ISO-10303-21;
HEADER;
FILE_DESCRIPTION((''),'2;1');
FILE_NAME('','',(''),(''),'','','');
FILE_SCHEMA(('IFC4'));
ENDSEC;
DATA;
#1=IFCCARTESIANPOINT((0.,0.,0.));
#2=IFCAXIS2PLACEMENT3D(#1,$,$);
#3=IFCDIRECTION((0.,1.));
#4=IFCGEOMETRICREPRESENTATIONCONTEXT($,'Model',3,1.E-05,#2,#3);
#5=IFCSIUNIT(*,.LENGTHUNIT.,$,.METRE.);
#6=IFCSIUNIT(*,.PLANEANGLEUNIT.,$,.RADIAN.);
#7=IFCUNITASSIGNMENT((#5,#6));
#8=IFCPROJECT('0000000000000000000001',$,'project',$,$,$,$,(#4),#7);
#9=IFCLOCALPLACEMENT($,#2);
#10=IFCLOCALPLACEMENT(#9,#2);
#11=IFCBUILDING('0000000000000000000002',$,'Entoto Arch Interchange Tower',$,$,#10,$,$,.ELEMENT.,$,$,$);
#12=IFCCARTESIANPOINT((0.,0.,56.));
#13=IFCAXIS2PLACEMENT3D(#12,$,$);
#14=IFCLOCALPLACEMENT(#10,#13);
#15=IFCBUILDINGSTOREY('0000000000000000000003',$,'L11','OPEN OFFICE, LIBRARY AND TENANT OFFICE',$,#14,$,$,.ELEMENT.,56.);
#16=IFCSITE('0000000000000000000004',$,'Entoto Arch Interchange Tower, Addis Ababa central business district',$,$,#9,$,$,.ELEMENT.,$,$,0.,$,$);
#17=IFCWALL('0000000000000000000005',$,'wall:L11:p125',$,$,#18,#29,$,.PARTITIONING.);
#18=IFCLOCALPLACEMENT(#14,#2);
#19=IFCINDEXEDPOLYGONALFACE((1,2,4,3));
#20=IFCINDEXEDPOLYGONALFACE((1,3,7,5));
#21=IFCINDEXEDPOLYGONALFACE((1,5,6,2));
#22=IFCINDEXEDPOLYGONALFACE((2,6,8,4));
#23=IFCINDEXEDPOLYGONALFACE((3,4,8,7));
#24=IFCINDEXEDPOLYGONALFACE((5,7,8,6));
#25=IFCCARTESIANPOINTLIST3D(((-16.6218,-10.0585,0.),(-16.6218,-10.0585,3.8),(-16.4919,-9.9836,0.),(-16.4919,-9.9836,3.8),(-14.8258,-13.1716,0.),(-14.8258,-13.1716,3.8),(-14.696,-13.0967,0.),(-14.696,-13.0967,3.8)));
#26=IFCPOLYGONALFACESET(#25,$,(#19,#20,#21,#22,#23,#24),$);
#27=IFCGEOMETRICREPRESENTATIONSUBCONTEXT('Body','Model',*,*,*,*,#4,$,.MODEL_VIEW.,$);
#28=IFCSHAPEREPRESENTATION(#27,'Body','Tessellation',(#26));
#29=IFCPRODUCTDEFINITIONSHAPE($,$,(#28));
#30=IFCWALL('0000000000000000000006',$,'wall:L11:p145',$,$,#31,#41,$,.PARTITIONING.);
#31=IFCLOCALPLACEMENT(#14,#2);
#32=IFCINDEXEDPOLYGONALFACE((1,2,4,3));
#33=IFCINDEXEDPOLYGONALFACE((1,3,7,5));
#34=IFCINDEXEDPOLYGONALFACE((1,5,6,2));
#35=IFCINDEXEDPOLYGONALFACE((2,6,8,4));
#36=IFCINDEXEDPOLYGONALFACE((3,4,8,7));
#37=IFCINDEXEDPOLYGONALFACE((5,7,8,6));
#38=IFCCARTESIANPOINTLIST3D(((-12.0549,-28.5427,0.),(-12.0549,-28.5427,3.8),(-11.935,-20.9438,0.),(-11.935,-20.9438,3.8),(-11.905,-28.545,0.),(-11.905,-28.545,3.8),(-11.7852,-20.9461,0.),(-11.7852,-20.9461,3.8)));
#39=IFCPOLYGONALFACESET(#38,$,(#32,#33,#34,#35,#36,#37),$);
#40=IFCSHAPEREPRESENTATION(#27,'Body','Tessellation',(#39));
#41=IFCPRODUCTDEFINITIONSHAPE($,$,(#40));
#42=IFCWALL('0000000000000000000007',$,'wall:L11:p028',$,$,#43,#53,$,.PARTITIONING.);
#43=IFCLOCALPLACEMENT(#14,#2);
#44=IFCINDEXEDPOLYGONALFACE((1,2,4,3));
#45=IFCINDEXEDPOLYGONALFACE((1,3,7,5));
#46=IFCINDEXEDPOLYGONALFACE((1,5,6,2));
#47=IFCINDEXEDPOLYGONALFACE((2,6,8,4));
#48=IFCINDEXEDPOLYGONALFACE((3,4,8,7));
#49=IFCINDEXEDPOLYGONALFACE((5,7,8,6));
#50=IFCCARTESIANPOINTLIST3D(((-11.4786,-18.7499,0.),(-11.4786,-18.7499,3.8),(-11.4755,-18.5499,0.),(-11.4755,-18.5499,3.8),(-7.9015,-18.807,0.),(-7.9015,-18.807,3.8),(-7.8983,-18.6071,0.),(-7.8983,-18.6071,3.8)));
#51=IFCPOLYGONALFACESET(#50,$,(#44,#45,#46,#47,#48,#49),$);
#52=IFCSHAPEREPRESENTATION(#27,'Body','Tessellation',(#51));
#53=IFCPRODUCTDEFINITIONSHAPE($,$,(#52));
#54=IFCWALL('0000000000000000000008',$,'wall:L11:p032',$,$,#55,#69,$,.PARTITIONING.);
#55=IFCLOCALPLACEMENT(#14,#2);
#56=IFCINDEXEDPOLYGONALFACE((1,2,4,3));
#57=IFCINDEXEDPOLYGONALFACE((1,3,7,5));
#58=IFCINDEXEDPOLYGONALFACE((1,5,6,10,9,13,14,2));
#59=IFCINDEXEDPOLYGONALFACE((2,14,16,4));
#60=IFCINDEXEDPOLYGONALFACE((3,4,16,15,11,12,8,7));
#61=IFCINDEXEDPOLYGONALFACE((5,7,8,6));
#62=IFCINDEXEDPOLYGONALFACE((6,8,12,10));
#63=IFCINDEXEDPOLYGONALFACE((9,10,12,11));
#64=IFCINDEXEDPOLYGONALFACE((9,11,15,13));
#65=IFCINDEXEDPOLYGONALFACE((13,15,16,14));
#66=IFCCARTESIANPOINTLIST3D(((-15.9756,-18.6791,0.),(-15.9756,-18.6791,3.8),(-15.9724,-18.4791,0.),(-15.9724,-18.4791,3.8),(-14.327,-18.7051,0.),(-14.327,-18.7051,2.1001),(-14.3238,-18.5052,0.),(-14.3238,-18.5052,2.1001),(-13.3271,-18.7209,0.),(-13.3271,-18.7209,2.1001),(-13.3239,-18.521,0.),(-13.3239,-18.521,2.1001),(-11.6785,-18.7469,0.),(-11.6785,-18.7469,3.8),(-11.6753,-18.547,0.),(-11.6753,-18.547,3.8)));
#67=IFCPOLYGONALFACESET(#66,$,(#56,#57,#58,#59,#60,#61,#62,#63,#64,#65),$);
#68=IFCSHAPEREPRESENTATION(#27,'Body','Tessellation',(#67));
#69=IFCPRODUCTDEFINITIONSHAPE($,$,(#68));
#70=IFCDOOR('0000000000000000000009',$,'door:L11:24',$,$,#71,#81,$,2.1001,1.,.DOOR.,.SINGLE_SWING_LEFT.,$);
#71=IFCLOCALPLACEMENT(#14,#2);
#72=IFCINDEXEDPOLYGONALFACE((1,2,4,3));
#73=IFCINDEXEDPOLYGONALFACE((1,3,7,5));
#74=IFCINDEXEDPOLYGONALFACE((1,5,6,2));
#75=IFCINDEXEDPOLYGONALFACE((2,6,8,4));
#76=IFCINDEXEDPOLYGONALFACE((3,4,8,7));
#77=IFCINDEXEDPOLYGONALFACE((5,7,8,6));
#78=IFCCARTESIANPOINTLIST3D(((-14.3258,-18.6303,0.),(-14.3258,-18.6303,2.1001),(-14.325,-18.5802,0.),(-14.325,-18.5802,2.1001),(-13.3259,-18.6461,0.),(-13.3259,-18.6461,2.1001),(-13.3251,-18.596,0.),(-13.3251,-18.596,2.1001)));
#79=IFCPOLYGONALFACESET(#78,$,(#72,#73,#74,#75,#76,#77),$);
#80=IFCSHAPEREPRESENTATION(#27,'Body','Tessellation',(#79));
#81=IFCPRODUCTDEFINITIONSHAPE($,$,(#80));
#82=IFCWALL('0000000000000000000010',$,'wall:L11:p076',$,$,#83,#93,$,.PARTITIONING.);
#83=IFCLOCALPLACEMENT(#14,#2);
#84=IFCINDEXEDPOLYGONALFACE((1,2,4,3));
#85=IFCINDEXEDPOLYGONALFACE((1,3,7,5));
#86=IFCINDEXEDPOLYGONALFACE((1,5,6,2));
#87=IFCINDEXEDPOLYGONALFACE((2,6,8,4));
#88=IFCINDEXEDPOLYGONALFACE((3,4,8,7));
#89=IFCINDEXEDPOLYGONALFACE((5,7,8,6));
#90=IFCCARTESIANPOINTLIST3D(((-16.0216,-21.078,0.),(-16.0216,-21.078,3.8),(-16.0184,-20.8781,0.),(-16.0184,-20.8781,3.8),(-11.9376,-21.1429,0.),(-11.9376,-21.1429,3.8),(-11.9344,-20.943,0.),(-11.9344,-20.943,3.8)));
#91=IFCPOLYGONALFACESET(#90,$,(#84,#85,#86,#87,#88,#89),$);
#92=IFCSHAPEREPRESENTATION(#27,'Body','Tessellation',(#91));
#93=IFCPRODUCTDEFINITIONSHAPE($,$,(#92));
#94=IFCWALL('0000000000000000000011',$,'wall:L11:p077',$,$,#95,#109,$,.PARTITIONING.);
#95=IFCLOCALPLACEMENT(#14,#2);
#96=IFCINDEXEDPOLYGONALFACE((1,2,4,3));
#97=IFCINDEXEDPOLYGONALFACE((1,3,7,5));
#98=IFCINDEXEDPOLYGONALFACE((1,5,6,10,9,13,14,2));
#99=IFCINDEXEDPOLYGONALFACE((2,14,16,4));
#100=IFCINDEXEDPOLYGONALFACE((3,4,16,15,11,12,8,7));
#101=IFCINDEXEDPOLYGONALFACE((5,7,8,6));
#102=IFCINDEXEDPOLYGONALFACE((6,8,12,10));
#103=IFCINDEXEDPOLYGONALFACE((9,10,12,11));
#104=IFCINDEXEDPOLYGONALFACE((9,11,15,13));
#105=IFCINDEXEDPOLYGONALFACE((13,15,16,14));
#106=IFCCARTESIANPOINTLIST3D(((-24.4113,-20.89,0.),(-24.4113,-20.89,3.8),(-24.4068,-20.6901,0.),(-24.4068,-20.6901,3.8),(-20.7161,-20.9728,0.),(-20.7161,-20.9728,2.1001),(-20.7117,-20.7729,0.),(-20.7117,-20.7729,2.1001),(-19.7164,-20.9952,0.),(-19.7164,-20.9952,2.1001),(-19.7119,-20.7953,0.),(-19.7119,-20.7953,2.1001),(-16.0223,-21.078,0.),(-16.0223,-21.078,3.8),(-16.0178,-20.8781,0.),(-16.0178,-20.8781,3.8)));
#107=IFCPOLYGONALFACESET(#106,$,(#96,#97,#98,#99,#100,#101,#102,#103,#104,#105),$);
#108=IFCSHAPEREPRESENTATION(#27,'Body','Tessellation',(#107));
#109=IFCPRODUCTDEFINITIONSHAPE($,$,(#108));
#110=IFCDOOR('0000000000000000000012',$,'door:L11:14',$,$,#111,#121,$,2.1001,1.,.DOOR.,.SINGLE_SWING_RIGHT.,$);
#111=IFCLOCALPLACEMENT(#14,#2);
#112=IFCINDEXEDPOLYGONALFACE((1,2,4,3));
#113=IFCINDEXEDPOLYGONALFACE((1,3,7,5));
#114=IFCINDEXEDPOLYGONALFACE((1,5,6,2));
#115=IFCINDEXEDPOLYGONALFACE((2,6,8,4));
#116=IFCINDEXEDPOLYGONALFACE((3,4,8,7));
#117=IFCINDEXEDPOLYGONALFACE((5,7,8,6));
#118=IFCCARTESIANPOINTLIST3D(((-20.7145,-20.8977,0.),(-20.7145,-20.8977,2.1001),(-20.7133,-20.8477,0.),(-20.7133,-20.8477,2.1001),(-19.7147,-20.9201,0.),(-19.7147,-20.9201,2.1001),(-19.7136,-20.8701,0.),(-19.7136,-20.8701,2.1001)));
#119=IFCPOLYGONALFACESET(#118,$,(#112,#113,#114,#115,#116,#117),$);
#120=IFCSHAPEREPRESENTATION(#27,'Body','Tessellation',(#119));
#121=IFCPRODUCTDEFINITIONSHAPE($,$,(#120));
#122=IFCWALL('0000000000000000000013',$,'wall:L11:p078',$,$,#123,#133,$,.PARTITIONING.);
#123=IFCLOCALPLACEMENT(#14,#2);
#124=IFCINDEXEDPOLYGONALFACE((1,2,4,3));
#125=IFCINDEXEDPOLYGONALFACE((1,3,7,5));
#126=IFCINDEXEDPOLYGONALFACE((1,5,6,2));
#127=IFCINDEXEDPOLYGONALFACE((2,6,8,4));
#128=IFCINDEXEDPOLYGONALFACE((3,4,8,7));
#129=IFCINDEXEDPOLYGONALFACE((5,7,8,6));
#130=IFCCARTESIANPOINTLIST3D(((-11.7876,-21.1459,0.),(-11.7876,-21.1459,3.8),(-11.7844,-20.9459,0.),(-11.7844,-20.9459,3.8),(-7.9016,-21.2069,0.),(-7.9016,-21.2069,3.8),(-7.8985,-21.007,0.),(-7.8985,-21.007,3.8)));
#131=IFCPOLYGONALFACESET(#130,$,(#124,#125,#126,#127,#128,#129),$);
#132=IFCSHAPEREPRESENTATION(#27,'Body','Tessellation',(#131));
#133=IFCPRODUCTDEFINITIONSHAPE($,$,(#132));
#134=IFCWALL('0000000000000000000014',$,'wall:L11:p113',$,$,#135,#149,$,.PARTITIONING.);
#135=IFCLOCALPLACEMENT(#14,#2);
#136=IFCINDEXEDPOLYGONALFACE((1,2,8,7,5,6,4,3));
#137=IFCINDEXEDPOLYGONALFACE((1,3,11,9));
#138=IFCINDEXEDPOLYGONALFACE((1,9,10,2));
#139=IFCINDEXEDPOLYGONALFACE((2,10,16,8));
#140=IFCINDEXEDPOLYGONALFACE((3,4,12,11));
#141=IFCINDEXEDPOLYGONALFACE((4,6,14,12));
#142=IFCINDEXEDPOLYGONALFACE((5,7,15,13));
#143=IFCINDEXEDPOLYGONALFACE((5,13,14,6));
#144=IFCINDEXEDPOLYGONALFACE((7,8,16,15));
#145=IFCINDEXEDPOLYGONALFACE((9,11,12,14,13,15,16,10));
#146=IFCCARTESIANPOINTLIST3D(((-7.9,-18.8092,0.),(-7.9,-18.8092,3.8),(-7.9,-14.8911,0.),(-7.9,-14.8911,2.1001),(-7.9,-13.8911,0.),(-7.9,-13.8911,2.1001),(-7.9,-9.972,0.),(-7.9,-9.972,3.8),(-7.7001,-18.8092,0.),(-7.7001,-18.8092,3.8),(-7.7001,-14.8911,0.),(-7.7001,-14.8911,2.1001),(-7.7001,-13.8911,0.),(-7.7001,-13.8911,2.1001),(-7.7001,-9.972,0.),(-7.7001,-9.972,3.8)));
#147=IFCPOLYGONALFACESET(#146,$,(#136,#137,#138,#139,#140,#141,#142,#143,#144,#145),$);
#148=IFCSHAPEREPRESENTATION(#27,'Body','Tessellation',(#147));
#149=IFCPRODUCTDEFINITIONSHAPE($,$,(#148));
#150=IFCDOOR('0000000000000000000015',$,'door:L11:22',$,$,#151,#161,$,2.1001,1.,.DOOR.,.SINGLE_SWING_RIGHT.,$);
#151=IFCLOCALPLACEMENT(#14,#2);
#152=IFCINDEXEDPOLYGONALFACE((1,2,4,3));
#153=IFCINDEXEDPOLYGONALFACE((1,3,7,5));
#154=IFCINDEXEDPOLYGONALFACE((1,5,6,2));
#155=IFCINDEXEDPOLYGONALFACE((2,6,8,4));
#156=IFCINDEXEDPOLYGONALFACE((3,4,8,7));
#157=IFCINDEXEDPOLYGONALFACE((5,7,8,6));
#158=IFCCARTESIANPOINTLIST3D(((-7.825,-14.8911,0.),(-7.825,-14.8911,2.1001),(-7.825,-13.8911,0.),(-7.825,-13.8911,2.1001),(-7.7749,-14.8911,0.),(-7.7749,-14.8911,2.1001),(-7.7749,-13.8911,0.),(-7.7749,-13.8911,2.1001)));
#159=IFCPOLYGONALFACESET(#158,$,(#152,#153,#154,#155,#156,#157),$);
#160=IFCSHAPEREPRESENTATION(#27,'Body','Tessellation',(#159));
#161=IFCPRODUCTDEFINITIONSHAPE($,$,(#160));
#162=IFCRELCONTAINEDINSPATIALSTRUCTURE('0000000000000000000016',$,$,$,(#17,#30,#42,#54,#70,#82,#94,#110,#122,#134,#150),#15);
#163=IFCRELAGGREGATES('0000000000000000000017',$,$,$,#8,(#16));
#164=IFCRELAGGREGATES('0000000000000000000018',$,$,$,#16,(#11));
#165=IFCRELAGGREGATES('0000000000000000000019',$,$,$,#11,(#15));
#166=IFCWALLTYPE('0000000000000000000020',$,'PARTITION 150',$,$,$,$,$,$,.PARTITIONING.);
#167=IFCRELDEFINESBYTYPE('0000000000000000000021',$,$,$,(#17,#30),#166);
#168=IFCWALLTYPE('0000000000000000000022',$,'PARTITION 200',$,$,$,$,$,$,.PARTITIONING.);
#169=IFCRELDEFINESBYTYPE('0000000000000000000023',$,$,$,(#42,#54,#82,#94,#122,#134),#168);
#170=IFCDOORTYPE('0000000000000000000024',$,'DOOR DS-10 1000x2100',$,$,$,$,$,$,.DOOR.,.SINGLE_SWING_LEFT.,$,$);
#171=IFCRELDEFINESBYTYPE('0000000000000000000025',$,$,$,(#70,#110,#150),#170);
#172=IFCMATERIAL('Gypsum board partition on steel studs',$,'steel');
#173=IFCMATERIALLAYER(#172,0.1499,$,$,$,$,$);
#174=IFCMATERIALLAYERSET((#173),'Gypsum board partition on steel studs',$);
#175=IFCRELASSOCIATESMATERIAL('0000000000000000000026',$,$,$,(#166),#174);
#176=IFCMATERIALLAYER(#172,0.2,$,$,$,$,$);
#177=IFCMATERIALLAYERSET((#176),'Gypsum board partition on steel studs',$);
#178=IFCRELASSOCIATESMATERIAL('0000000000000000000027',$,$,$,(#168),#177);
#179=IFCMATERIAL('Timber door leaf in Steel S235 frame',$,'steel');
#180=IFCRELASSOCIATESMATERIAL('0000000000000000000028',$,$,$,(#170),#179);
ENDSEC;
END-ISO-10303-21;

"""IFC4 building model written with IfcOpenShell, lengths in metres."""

from ifc_helpers import new_model, si_unit, direction, frame, frame_2d, origin, place, context, subcontext, project, spatial, rectangle, extrude, material, layer, layer_set, type_object, element, fill, save


model = new_model("IFC4")

# Units and contexts
model_context = context("Model", 3, precision=1e-05, world=origin(), true_north=direction((0.0, 1.0)))
body_context = subcontext(model_context, "Body", "Model", "MODEL_VIEW")
ifc_project = project(units=[si_unit("LENGTHUNIT", "METRE"), si_unit("PLANEANGLEUNIT", "RADIAN")], contexts=[model_context])

# Site, building, storey
site_placement = place(None, origin())
site = spatial("IfcSite", under=ifc_project, at=site_placement, Name="Entoto Arch Interchange Tower, Addis Ababa central business district", CompositionType="ELEMENT", RefElevation=0.0)
building_placement = place(site_placement, origin())
building = spatial("IfcBuilding", under=site, at=building_placement, Name="Entoto Arch Interchange Tower", CompositionType="ELEMENT")
storey_placement = place(building_placement, frame((0.0, 0.0, 56.0)))
storey = spatial("IfcBuildingStorey", under=building, at=storey_placement, Name="L11", Description="OPEN OFFICE, LIBRARY AND TENANT OFFICE", CompositionType="ELEMENT", Elevation=56.0)

# Walls
ifc_material_1 = material(Name="Gypsum board partition on steel studs", Category="steel")
ifc_layer_1 = layer(ifc_material_1, 0.1499)
ifc_layer_set_1 = layer_set([ifc_layer_1], Name="Gypsum board partition on steel studs")
wall_type_1 = type_object("IfcWallType", Name="PARTITION 150", PredefinedType="PARTITIONING", material=ifc_layer_set_1)
wall_1_placement = place(storey_placement, frame((-14.761, -13.134, 0.0), z_axis=(0.0, 0.0, 1.0), x_axis=(-0.499705, 0.866196, 0.0)))
element("IfcWall", 1, at=wall_1_placement, inside=storey, type_object=wall_type_1, Name="wall:L11:p125", PredefinedType="PARTITIONING", context=body_context, shape_type="SweptSolid", body=[
    extrude(rectangle(XDim=3.594, YDim=0.1499, at=frame_2d((1.7969, 0.0))), origin(), (0.0, 0.0, 1.0), 3.8),
])
wall_2_placement = place(storey_placement, frame((-11.8601, -20.9451, 0.0), z_axis=(0.0, 0.0, 1.0), x_axis=(-0.015773, -0.999876, 0.0)))
element("IfcWall", 2, at=wall_2_placement, inside=storey, type_object=wall_type_1, Name="wall:L11:p145", PredefinedType="PARTITIONING", context=body_context, shape_type="SweptSolid", body=[
    extrude(rectangle(XDim=7.5999, YDim=0.1499, at=frame_2d((3.7998, 0.0))), origin(), (0.0, 0.0, 1.0), 3.8),
])
ifc_layer_2 = layer(ifc_material_1, 0.2)
ifc_layer_set_2 = layer_set([ifc_layer_2], Name="Gypsum board partition on steel studs")
wall_type_2 = type_object("IfcWallType", Name="PARTITION 200", PredefinedType="PARTITIONING", material=ifc_layer_set_2)
wall_3_placement = place(storey_placement, frame((-11.4771, -18.6499, 0.0), z_axis=(0.0, 0.0, 1.0), x_axis=(0.999872, -0.015968, 0.0)))
element("IfcWall", 3, at=wall_3_placement, inside=storey, type_object=wall_type_2, Name="wall:L11:p028", PredefinedType="PARTITIONING", context=body_context, shape_type="SweptSolid", body=[
    extrude(rectangle(XDim=3.5776, YDim=0.2, at=frame_2d((1.7888, 0.0))), origin(), (0.0, 0.0, 1.0), 3.8),
])

# Wall, opening, door
wall_4_placement = place(storey_placement, frame((-15.9741, -18.5791, 0.0), z_axis=(0.0, 0.0, 1.0), x_axis=(0.999875, -0.015793, 0.0)))
wall_4 = element("IfcWall", 4, at=wall_4_placement, inside=storey, type_object=wall_type_2, Name="wall:L11:p032", PredefinedType="PARTITIONING", context=body_context, shape_type="SweptSolid", body=[
    extrude(rectangle(XDim=4.2976, YDim=0.2, at=frame_2d((2.1489, 0.0))), origin(), (0.0, 0.0, 1.0), 3.8),
])
opening_1_placement = place(wall_4_placement, frame((1.6489, 0.0, 0.0)))
opening_1 = element("IfcOpeningElement", 5, at=opening_1_placement, cuts=wall_4, PredefinedType="OPENING", context=body_context, shape_type="SweptSolid", body=[
    extrude(rectangle(XDim=1.0, YDim=2.1001, at=frame_2d((0.5, 1.05))), frame((0.0, 0.1099, 0.0), z_axis=(0.0, -1.0, 0.0), x_axis=(1.0, 0.0, 0.0)), (0.0, 0.0, 1.0), 0.22),
])
ifc_material_2 = material(Name="Timber door leaf in Steel S235 frame", Category="steel")
door_type = type_object("IfcDoorType", Name="DOOR DS-10 1000x2100", OperationType="SINGLE_SWING_LEFT", PredefinedType="DOOR", material=ifc_material_2)
door_1_placement = place(opening_1_placement, origin())
door_1 = element("IfcDoor", 6, at=door_1_placement, inside=storey, type_object=door_type, Name="door:L11:24", OperationType="SINGLE_SWING_LEFT", OverallHeight=2.1001, OverallWidth=1.0, PredefinedType="DOOR", context=body_context, shape_type="SweptSolid", body=[
    extrude(rectangle(XDim=1.0, YDim=2.1001, at=frame_2d((0.5, 1.05))), frame((0.0, 0.0249, 0.0), z_axis=(0.0, -1.0, 0.0), x_axis=(1.0, 0.0, 0.0)), (0.0, 0.0, 1.0), 0.05),
])
fill(opening_1, door_1)

# Wall
wall_5_placement = place(storey_placement, frame((-11.936, -21.043, 0.0), z_axis=(0.0, 0.0, 1.0), x_axis=(-0.999874, 0.015899, 0.0)))
element("IfcWall", 7, at=wall_5_placement, inside=storey, type_object=wall_type_2, Name="wall:L11:p076", PredefinedType="PARTITIONING", context=body_context, shape_type="SweptSolid", body=[
    extrude(rectangle(XDim=4.0845, YDim=0.2, at=frame_2d((2.0422, 0.0))), origin(), (0.0, 0.0, 1.0), 3.8),
])

# Wall, opening, door
wall_6_placement = place(storey_placement, frame((-16.02, -20.978, 0.0), z_axis=(0.0, 0.0, 1.0), x_axis=(-0.999749, 0.022404, 0.0)))
wall_6 = element("IfcWall", 8, at=wall_6_placement, inside=storey, type_object=wall_type_2, Name="wall:L11:p077", PredefinedType="PARTITIONING", context=body_context, shape_type="SweptSolid", body=[
    extrude(rectangle(XDim=8.3911, YDim=0.2, at=frame_2d((4.1956, 0.0))), origin(), (0.0, 0.0, 1.0), 3.8),
])
opening_2_placement = place(wall_6_placement, frame((3.6951, 0.0, 0.0)))
opening_2 = element("IfcOpeningElement", 9, at=opening_2_placement, cuts=wall_6, PredefinedType="OPENING", context=body_context, shape_type="SweptSolid", body=[
    extrude(rectangle(XDim=1.0, YDim=2.1001, at=frame_2d((0.5, 1.05))), frame((0.0, 0.1099, 0.0), z_axis=(0.0, -1.0, 0.0), x_axis=(1.0, 0.0, 0.0)), (0.0, 0.0, 1.0), 0.22),
])
door_2_placement = place(opening_2_placement, origin())
door_2 = element("IfcDoor", 10, at=door_2_placement, inside=storey, type_object=door_type, Name="door:L11:14", OperationType="SINGLE_SWING_RIGHT", OverallHeight=2.1001, OverallWidth=1.0, PredefinedType="DOOR", context=body_context, shape_type="SweptSolid", body=[
    extrude(rectangle(XDim=1.0, YDim=2.1001, at=frame_2d((0.5, 1.05))), frame((0.0, 0.0249, 0.0), z_axis=(0.0, -1.0, 0.0), x_axis=(1.0, 0.0, 0.0)), (0.0, 0.0, 1.0), 0.05),
])
fill(opening_2, door_2)

# Wall
wall_7_placement = place(storey_placement, frame((-7.8999, -21.1069, 0.0), z_axis=(0.0, 0.0, 1.0), x_axis=(-0.999877, 0.015705, 0.0)))
element("IfcWall", 11, at=wall_7_placement, inside=storey, type_object=wall_type_2, Name="wall:L11:p078", PredefinedType="PARTITIONING", context=body_context, shape_type="SweptSolid", body=[
    extrude(rectangle(XDim=3.8865, YDim=0.2, at=frame_2d((1.9434, 0.0))), origin(), (0.0, 0.0, 1.0), 3.8),
])

# Wall, opening, door
wall_8_placement = place(storey_placement, frame((-7.8, -18.8091, 0.0), z_axis=(0.0, 0.0, 1.0), x_axis=(0.0, 1.0, 0.0)))
wall_8 = element("IfcWall", 12, at=wall_8_placement, inside=storey, type_object=wall_type_2, Name="wall:L11:p113", PredefinedType="PARTITIONING", context=body_context, shape_type="SweptSolid", body=[
    extrude(rectangle(XDim=8.8372, YDim=0.2, at=frame_2d((4.4185, 0.0))), origin(), (0.0, 0.0, 1.0), 3.8),
])
opening_3_placement = place(wall_8_placement, frame((3.918, 0.0, 0.0)))
opening_3 = element("IfcOpeningElement", 13, at=opening_3_placement, cuts=wall_8, PredefinedType="OPENING", context=body_context, shape_type="SweptSolid", body=[
    extrude(rectangle(XDim=1.0, YDim=2.1001, at=frame_2d((0.5, 1.05))), frame((0.0, 0.1099, 0.0), z_axis=(0.0, -1.0, 0.0), x_axis=(1.0, 0.0, 0.0)), (0.0, 0.0, 1.0), 0.22),
])
door_3_placement = place(opening_3_placement, origin())
door_3 = element("IfcDoor", 14, at=door_3_placement, inside=storey, type_object=door_type, Name="door:L11:22", OperationType="SINGLE_SWING_RIGHT", OverallHeight=2.1001, OverallWidth=1.0, PredefinedType="DOOR", context=body_context, shape_type="SweptSolid", body=[
    extrude(rectangle(XDim=1.0, YDim=2.1001, at=frame_2d((0.5, 1.05))), frame((0.0, 0.0249, 0.0), z_axis=(0.0, -1.0, 0.0), x_axis=(1.0, 0.0, 0.0)), (0.0, 0.0, 1.0), 0.05),
])
fill(opening_3, door_3)

save(model, "model.ifc")
